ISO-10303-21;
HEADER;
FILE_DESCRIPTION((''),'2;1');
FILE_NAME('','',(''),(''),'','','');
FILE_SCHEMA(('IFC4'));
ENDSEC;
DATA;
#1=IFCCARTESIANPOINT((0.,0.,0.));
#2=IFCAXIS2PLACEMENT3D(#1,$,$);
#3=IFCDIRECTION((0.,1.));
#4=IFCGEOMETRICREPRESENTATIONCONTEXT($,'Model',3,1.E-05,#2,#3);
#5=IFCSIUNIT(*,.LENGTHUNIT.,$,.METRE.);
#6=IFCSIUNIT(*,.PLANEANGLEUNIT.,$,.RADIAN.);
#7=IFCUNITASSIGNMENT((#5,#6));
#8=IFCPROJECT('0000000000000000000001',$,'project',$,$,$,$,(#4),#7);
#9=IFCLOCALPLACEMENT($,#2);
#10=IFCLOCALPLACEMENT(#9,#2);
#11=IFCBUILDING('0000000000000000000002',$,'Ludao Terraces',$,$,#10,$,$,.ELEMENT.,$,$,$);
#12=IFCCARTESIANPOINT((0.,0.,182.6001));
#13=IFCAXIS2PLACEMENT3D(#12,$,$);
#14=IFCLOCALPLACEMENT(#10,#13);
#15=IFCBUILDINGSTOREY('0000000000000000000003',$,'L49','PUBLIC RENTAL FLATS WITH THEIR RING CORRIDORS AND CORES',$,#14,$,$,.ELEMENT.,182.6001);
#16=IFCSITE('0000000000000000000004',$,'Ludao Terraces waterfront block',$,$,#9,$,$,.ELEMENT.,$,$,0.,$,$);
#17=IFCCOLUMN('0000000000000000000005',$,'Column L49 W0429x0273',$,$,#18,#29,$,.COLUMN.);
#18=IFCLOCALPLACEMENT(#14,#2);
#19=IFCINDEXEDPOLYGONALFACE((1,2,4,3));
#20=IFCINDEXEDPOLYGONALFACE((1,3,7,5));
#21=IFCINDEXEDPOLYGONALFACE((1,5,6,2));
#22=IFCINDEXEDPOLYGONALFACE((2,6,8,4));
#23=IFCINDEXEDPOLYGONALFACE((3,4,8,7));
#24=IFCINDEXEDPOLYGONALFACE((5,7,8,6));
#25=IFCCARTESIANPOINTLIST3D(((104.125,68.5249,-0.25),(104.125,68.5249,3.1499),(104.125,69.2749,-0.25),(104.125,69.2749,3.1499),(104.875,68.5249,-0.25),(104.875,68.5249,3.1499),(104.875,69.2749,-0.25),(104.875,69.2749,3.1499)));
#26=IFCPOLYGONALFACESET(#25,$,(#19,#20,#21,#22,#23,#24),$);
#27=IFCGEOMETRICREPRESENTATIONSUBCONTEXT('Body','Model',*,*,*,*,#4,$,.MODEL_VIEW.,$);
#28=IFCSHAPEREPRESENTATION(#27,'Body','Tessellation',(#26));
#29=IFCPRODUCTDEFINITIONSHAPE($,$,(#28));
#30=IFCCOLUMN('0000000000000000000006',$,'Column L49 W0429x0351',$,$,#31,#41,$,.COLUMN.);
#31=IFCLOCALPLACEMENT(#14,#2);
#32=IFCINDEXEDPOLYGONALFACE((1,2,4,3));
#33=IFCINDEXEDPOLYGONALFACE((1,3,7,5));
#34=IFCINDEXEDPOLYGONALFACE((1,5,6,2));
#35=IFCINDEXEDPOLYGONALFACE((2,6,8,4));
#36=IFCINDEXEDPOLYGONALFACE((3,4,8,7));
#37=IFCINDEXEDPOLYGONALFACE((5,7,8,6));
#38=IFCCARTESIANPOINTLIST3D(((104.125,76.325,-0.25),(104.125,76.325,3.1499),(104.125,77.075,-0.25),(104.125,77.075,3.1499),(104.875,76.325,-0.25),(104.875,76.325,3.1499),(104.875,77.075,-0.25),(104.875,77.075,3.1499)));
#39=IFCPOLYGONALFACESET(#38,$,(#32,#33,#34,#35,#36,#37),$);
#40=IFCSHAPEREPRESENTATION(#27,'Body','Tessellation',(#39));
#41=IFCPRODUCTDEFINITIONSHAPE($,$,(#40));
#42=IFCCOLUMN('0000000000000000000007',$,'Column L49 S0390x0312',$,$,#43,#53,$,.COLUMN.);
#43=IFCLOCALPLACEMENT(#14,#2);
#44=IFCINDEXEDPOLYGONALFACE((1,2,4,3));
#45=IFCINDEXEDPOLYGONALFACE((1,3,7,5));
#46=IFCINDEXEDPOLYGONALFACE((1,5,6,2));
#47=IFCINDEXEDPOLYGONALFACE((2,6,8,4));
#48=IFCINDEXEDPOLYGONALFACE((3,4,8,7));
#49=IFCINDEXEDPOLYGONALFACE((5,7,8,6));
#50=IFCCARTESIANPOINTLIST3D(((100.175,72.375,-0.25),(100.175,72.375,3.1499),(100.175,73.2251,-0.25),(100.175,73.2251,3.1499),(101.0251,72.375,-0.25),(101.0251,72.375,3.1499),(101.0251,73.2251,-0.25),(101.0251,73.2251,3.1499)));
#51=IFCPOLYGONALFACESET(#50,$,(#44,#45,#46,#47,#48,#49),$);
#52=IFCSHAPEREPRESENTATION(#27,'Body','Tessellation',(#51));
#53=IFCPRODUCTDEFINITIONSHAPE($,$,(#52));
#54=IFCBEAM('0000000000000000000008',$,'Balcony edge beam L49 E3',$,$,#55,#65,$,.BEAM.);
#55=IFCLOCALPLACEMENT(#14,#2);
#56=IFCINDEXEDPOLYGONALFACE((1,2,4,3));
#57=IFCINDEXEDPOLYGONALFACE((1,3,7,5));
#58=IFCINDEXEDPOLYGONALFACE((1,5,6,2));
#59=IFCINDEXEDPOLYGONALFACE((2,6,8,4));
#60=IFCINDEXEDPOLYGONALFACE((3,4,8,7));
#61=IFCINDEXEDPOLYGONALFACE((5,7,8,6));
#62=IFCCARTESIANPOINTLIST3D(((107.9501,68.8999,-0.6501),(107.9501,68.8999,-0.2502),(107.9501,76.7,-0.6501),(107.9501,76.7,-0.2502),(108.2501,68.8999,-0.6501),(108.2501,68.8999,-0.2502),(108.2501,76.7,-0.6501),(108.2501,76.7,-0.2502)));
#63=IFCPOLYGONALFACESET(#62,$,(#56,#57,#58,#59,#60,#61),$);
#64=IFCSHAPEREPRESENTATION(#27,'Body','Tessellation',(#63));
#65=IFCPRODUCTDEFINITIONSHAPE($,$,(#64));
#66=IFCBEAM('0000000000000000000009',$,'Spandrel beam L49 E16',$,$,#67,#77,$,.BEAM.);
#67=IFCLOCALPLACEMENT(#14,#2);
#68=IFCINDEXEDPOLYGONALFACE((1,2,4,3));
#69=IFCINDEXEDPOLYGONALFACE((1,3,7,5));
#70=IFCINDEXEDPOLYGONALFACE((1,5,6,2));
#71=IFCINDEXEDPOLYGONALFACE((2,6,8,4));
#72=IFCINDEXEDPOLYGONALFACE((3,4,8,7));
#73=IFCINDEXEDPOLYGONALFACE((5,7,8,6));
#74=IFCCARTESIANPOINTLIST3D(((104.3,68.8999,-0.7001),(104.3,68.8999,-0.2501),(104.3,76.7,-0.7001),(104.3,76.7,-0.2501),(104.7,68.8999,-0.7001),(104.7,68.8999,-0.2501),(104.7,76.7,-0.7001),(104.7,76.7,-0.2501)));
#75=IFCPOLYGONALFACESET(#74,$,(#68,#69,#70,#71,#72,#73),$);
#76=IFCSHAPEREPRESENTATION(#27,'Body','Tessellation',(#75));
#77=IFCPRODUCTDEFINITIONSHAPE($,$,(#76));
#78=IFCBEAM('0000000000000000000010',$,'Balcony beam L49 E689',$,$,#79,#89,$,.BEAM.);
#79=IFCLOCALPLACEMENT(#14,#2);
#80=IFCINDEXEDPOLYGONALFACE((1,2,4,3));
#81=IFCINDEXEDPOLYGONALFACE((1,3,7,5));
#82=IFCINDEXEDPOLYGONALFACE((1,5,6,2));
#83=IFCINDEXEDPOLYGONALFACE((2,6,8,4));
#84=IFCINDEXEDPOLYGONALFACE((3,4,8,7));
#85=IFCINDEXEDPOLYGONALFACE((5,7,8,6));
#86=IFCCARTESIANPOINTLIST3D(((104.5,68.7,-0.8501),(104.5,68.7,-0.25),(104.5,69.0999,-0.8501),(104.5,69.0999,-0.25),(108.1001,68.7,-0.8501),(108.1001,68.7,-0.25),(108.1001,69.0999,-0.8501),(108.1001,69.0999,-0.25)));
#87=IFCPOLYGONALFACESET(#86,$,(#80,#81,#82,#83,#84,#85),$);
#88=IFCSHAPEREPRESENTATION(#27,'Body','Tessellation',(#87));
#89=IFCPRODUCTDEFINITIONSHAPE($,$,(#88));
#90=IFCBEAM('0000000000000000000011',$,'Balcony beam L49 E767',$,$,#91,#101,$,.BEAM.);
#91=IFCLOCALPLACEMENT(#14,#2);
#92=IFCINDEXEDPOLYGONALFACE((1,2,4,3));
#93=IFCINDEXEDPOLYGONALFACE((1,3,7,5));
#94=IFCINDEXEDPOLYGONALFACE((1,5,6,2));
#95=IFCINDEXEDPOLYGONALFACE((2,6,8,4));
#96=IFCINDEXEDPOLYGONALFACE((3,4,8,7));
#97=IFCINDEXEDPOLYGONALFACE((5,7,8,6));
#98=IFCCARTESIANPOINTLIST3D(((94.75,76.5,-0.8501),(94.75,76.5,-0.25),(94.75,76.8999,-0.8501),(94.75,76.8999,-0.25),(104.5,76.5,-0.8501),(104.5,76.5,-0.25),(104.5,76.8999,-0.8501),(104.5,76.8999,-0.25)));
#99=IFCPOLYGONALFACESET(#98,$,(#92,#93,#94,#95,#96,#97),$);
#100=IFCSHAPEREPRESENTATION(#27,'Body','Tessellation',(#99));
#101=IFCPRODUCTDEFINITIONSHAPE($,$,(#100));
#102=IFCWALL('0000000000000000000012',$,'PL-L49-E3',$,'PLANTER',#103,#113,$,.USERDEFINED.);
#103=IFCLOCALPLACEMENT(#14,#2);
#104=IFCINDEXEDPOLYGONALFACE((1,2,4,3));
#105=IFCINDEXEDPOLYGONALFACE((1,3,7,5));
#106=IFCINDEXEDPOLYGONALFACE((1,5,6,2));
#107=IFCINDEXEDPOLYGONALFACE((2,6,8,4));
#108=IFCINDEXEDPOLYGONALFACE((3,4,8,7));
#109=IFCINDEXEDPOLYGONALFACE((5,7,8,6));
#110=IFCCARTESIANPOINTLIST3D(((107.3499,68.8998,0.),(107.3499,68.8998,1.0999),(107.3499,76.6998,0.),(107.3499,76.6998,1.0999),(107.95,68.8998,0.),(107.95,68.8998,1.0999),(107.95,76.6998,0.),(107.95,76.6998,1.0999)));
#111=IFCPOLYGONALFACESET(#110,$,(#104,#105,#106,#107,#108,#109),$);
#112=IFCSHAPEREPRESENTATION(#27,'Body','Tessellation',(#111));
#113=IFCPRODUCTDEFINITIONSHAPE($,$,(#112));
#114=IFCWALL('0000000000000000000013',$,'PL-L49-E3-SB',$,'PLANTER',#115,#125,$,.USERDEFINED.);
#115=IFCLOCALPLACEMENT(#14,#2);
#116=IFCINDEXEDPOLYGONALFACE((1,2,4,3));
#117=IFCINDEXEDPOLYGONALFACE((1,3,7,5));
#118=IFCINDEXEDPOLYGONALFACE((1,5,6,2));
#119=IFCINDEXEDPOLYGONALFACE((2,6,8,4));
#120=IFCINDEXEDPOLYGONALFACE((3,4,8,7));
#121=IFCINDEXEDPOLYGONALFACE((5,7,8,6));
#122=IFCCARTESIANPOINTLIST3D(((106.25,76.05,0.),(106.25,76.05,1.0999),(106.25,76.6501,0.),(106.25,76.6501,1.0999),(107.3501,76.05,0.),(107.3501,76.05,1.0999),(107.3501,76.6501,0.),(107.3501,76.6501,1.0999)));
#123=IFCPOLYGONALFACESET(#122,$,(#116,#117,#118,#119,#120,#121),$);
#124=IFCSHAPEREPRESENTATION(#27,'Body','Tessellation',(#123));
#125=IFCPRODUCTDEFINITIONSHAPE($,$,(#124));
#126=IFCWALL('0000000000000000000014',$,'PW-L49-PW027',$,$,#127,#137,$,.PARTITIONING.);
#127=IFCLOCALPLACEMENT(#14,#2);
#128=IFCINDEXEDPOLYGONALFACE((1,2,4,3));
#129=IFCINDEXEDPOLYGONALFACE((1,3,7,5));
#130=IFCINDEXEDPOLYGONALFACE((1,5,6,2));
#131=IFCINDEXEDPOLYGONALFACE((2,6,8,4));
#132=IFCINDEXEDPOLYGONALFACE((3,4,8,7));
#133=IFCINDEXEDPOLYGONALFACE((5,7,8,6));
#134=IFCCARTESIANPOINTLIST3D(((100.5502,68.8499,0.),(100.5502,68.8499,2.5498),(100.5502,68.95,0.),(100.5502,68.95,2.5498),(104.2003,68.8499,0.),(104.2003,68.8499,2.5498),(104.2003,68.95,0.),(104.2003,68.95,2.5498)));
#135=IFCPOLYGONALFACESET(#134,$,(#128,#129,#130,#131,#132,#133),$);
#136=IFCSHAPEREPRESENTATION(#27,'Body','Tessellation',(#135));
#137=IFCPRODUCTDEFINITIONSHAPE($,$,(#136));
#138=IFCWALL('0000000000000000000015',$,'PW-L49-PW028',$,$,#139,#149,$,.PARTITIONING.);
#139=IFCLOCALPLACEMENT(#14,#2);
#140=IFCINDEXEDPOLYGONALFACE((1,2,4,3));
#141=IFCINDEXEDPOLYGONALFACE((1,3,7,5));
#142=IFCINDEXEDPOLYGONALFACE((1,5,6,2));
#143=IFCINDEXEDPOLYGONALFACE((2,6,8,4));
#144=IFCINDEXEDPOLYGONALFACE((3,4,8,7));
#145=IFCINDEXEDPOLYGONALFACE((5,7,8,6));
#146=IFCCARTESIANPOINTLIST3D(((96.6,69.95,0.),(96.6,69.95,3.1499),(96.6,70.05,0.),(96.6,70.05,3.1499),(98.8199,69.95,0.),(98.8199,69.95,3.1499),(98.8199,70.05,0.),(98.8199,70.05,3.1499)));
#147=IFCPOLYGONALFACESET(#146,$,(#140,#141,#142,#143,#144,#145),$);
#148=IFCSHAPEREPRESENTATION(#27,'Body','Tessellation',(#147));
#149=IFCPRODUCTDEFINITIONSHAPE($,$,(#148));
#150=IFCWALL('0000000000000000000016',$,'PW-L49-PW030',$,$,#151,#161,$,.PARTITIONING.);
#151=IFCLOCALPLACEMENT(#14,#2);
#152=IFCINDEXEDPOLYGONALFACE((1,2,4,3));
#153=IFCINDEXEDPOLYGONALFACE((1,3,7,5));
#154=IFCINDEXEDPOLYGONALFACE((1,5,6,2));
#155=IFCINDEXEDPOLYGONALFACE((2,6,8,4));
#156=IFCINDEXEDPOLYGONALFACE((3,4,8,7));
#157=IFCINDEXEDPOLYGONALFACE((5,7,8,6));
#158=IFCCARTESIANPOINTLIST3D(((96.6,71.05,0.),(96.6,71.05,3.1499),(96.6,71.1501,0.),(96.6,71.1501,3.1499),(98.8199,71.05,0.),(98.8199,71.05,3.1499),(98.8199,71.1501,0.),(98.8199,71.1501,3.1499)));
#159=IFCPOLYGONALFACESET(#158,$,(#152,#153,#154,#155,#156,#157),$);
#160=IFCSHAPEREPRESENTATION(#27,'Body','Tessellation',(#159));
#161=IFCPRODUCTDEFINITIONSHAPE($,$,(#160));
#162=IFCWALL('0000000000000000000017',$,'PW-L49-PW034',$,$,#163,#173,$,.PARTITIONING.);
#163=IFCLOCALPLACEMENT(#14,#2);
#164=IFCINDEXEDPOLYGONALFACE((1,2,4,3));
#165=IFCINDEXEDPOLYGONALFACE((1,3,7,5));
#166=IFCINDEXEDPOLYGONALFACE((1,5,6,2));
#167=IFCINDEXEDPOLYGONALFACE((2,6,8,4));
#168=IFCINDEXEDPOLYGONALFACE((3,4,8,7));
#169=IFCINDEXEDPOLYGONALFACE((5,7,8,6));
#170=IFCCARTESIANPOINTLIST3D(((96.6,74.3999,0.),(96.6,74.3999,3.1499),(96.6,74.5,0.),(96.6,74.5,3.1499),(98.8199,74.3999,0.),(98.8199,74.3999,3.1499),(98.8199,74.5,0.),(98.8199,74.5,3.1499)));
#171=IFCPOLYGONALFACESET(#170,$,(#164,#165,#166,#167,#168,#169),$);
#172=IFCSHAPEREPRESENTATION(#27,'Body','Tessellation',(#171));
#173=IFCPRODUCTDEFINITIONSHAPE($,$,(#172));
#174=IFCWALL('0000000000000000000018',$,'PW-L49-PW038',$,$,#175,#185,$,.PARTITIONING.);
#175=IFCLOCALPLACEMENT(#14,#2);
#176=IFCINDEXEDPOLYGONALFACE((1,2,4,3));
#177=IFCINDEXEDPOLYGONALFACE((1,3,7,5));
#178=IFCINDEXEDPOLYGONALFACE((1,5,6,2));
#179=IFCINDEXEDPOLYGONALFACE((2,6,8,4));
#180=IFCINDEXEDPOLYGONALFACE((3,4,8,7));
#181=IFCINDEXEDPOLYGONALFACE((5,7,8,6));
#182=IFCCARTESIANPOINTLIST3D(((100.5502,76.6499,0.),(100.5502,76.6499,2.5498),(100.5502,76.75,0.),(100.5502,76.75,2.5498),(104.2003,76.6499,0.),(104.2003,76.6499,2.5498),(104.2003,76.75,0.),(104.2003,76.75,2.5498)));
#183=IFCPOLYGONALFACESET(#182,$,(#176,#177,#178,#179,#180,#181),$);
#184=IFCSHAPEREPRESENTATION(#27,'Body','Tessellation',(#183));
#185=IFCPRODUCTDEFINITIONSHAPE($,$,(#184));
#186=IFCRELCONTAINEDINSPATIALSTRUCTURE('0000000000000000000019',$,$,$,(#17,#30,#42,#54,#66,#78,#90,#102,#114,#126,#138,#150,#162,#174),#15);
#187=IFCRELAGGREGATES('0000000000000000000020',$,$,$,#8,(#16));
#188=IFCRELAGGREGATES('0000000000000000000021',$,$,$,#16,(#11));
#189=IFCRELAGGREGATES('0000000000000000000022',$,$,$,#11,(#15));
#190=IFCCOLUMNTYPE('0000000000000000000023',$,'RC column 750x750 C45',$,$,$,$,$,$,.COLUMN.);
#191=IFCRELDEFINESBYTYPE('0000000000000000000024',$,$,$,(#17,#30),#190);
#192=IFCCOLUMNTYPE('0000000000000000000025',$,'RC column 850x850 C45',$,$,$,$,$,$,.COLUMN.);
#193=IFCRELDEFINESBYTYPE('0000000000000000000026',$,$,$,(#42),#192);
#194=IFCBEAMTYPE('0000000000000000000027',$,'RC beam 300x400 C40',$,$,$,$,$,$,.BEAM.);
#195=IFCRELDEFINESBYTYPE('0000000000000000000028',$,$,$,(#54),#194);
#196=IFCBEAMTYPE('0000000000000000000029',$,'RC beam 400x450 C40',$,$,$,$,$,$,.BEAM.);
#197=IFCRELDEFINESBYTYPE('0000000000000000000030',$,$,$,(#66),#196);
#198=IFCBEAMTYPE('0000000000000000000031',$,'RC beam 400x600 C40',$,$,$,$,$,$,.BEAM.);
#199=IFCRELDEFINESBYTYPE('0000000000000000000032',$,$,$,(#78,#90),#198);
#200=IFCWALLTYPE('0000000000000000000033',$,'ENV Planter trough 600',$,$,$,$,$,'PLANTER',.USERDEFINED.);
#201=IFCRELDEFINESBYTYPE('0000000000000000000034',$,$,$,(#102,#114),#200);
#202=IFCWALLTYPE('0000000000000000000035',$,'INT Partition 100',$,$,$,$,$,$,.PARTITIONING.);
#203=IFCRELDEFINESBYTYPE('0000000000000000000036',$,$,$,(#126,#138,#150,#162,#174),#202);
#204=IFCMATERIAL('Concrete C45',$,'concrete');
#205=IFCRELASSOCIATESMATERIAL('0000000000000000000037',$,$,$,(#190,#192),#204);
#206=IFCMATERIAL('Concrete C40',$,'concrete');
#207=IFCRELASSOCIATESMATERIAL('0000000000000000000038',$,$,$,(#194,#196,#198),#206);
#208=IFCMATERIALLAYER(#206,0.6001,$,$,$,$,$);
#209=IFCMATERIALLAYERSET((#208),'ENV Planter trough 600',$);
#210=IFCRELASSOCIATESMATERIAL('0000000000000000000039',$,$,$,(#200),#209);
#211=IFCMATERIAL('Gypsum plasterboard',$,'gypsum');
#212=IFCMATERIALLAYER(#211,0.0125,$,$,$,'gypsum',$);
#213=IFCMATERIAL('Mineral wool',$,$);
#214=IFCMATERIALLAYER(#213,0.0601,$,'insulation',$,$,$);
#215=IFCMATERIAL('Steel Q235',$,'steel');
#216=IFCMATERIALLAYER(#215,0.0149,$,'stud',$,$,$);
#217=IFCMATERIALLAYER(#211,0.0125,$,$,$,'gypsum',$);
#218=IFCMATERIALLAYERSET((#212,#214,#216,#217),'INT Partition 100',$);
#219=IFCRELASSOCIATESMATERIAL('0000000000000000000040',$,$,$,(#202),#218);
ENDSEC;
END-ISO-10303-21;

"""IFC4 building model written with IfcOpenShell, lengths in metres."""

from ifc_helpers import new_model, si_unit, direction, frame, frame_2d, origin, origin_2d, place, context, subcontext, project, spatial, rectangle, extrude, material, layer, layer_set, material_profile, profile_set, type_object, element, save


model = new_model("IFC4")

# Units and contexts
model_context = context("Model", 3, precision=1e-05, world=origin(), true_north=direction((0.0, 1.0)))
body_context = subcontext(model_context, "Body", "Model", "MODEL_VIEW")
ifc_project = project(units=[si_unit("LENGTHUNIT", "METRE"), si_unit("PLANEANGLEUNIT", "RADIAN")], contexts=[model_context])

# Site, building, storey
site_placement = place(None, origin())
site = spatial("IfcSite", under=ifc_project, at=site_placement, Name="Ludao Terraces waterfront block", CompositionType="ELEMENT", RefElevation=0.0)
building_placement = place(site_placement, origin())
building = spatial("IfcBuilding", under=site, at=building_placement, Name="Ludao Terraces", CompositionType="ELEMENT")
storey_placement = place(building_placement, frame((0.0, 0.0, 182.6001)))
storey = spatial("IfcBuildingStorey", under=building, at=storey_placement, Name="L49", Description="PUBLIC RENTAL FLATS WITH THEIR RING CORRIDORS AND CORES", CompositionType="ELEMENT", Elevation=182.6001)

# Columns
ifc_material_1 = material(Name="Concrete C45", Category="concrete")
ifc_material_profile_1 = material_profile(ifc_material_1, rectangle(XDim=0.75, YDim=0.75, at=origin_2d()), Name="750 X 750")
ifc_profile_set_1 = profile_set([ifc_material_profile_1], Name="Concrete C45")
column_type_1 = type_object("IfcColumnType", Name="RC column 750x750 C45", PredefinedType="COLUMN", material=ifc_profile_set_1)
for number, where, z_axis, x_axis, name in (
    (1, (104.5, 68.8999, -0.25), (0.0, 0.0, 1.0), (1.0, 0.0, 0.0), "Column L49 W0429x0273"),
    (2, (104.5, 76.7, -0.25), (0.0, 0.0, 1.0), (1.0, 0.0, 0.0), "Column L49 W0429x0351"),
):
    element("IfcColumn", number, at=place(storey_placement, frame(where, z_axis=z_axis, x_axis=x_axis)), inside=storey, type_object=column_type_1, Name=name, PredefinedType="COLUMN", context=body_context, shape_type="SweptSolid", body=[
        extrude(rectangle(XDim=0.75, YDim=0.75, at=origin_2d()), origin(), (0.0, 0.0, 1.0), 3.3999),
    ])
ifc_material_profile_2 = material_profile(ifc_material_1, rectangle(XDim=0.8501, YDim=0.8501, at=origin_2d()), Name="850 X 850")
ifc_profile_set_2 = profile_set([ifc_material_profile_2], Name="Concrete C45")
column_type_2 = type_object("IfcColumnType", Name="RC column 850x850 C45", PredefinedType="COLUMN", material=ifc_profile_set_2)
column_placement = place(storey_placement, frame((100.6001, 72.8, -0.25), z_axis=(0.0, 0.0, 1.0), x_axis=(1.0, 0.0, 0.0)))
element("IfcColumn", 3, at=column_placement, inside=storey, type_object=column_type_2, Name="Column L49 S0390x0312", PredefinedType="COLUMN", context=body_context, shape_type="SweptSolid", body=[
    extrude(rectangle(XDim=0.8501, YDim=0.8501, at=origin_2d()), origin(), (0.0, 0.0, 1.0), 3.3999),
])

# Beams
ifc_material_2 = material(Name="Concrete C40", Category="concrete")
ifc_material_profile_3 = material_profile(ifc_material_2, rectangle(XDim=0.3, YDim=0.3999, at=origin_2d()), Name="300 X 400")
ifc_profile_set_3 = profile_set([ifc_material_profile_3], Name="Concrete C40")
beam_type_1 = type_object("IfcBeamType", Name="RC beam 300x400 C40", PredefinedType="BEAM", material=ifc_profile_set_3)
beam_1_placement = place(storey_placement, frame((108.1001, 68.8999, -0.4502), z_axis=(0.0, 1.0, 0.0), x_axis=(-1.0, 0.0, 0.0)))
element("IfcBeam", 4, at=beam_1_placement, inside=storey, type_object=beam_type_1, Name="Balcony edge beam L49 E3", PredefinedType="BEAM", context=body_context, shape_type="SweptSolid", body=[
    extrude(rectangle(XDim=0.3, YDim=0.3999, at=origin_2d()), origin(), (0.0, 0.0, 1.0), 7.8),
])
ifc_material_profile_4 = material_profile(ifc_material_2, rectangle(XDim=0.3999, YDim=0.45, at=origin_2d()), Name="400 X 450")
ifc_profile_set_4 = profile_set([ifc_material_profile_4], Name="Concrete C40")
beam_type_2 = type_object("IfcBeamType", Name="RC beam 400x450 C40", PredefinedType="BEAM", material=ifc_profile_set_4)
beam_2_placement = place(storey_placement, frame((104.5, 68.8999, -0.4751), z_axis=(0.0, 1.0, 0.0), x_axis=(-1.0, 0.0, 0.0)))
element("IfcBeam", 5, at=beam_2_placement, inside=storey, type_object=beam_type_2, Name="Spandrel beam L49 E16", PredefinedType="BEAM", context=body_context, shape_type="SweptSolid", body=[
    extrude(rectangle(XDim=0.3999, YDim=0.45, at=origin_2d()), origin(), (0.0, 0.0, 1.0), 7.8),
])
ifc_material_profile_5 = material_profile(ifc_material_2, rectangle(XDim=0.3999, YDim=0.6001, at=origin_2d()), Name="400 X 600")
ifc_profile_set_5 = profile_set([ifc_material_profile_5], Name="Concrete C40")
beam_type_3 = type_object("IfcBeamType", Name="RC beam 400x600 C40", PredefinedType="BEAM", material=ifc_profile_set_5)
beam_3_placement = place(storey_placement, frame((104.5, 68.8999, -0.55), z_axis=(1.0, 0.0, 0.0), x_axis=(0.0, 1.0, 0.0)))
element("IfcBeam", 6, at=beam_3_placement, inside=storey, type_object=beam_type_3, Name="Balcony beam L49 E689", PredefinedType="BEAM", context=body_context, shape_type="SweptSolid", body=[
    extrude(rectangle(XDim=0.3999, YDim=0.6001, at=origin_2d()), origin(), (0.0, 0.0, 1.0), 3.6001),
])
beam_4_placement = place(storey_placement, frame((94.75, 76.7, -0.55), z_axis=(1.0, 0.0, 0.0), x_axis=(0.0, 1.0, 0.0)))
element("IfcBeam", 7, at=beam_4_placement, inside=storey, type_object=beam_type_3, Name="Balcony beam L49 E767", PredefinedType="BEAM", context=body_context, shape_type="SweptSolid", body=[
    extrude(rectangle(XDim=0.3999, YDim=0.6001, at=origin_2d()), origin(), (0.0, 0.0, 1.0), 9.75),
])

# Walls
ifc_layer_1 = layer(ifc_material_2, 0.6001)
ifc_layer_set_1 = layer_set([ifc_layer_1], Name="ENV Planter trough 600")
wall_type_1 = type_object("IfcWallType", Name="ENV Planter trough 600", ElementType="PLANTER", PredefinedType="USERDEFINED", material=ifc_layer_set_1)
wall_1_placement = place(storey_placement, frame((107.6499, 68.8999, 0.0), z_axis=(0.0, 0.0, 1.0), x_axis=(0.0, 1.0, 0.0)))
element("IfcWall", 8, at=wall_1_placement, inside=storey, type_object=wall_type_1, Name="PL-L49-E3", ObjectType="PLANTER", PredefinedType="USERDEFINED", context=body_context, shape_type="SweptSolid", body=[
    extrude(rectangle(XDim=7.8, YDim=0.6001, at=frame_2d((3.8999, 0.0))), origin(), (0.0, 0.0, 1.0), 1.0999),
])
wall_2_placement = place(storey_placement, frame((107.3501, 76.3501, 0.0), z_axis=(0.0, 0.0, 1.0), x_axis=(-1.0, 0.0, 0.0)))
element("IfcWall", 9, at=wall_2_placement, inside=storey, type_object=wall_type_1, Name="PL-L49-E3-SB", ObjectType="PLANTER", PredefinedType="USERDEFINED", context=body_context, shape_type="SweptSolid", body=[
    extrude(rectangle(XDim=1.1001, YDim=0.6001, at=frame_2d((0.55, 0.0))), origin(), (0.0, 0.0, 1.0), 1.0999),
])

# Shared definitions
ifc_material_3 = material(Name="Mineral wool")

# Walls
ifc_material_4 = material(Name="Gypsum plasterboard", Category="gypsum")
ifc_layer_2 = layer(ifc_material_4, 0.0125, Category="gypsum")
ifc_layer_3 = layer(ifc_material_3, 0.0601, Name="insulation")
ifc_material_5 = material(Name="Steel Q235", Category="steel")
ifc_layer_4 = layer(ifc_material_5, 0.0149, Name="stud")
ifc_layer_5 = layer(ifc_material_4, 0.0125, Category="gypsum")
ifc_layer_set_2 = layer_set([ifc_layer_2, ifc_layer_3, ifc_layer_4, ifc_layer_5], Name="INT Partition 100")
wall_type_2 = type_object("IfcWallType", Name="INT Partition 100", PredefinedType="PARTITIONING", material=ifc_layer_set_2)
wall_3_placement = place(storey_placement, frame((100.55, 68.8999, 0.0), z_axis=(0.0, 0.0, 1.0), x_axis=(1.0, 0.0, 0.0)))
element("IfcWall", 10, at=wall_3_placement, inside=storey, type_object=wall_type_2, Name="PW-L49-PW027", PredefinedType="PARTITIONING", context=body_context, shape_type="SweptSolid", body=[
    extrude(rectangle(XDim=3.6501, YDim=0.1001, at=frame_2d((1.8252, 0.0))), origin(), (0.0, 0.0, 1.0), 2.5498),
])
for number, where, z_axis, x_axis, name in (
    (11, (96.6001, 70.0, 0.0), (0.0, 0.0, 1.0), (1.0, 0.0, 0.0), "PW-L49-PW028"),
    (12, (96.6001, 71.1001, 0.0), (0.0, 0.0, 1.0), (1.0, 0.0, 0.0), "PW-L49-PW030"),
    (13, (96.6001, 74.45, 0.0), (0.0, 0.0, 1.0), (1.0, 0.0, 0.0), "PW-L49-PW034"),
):
    element("IfcWall", number, at=place(storey_placement, frame(where, z_axis=z_axis, x_axis=x_axis)), inside=storey, type_object=wall_type_2, Name=name, PredefinedType="PARTITIONING", context=body_context, shape_type="SweptSolid", body=[
        extrude(rectangle(XDim=2.22, YDim=0.1001, at=frame_2d((1.1099, 0.0))), origin(), (0.0, 0.0, 1.0), 3.1499),
    ])
wall_4_placement = place(storey_placement, frame((100.55, 76.7, 0.0), z_axis=(0.0, 0.0, 1.0), x_axis=(1.0, 0.0, 0.0)))
element("IfcWall", 14, at=wall_4_placement, inside=storey, type_object=wall_type_2, Name="PW-L49-PW038", PredefinedType="PARTITIONING", context=body_context, shape_type="SweptSolid", body=[
    extrude(rectangle(XDim=3.6501, YDim=0.1001, at=frame_2d((1.8252, 0.0))), origin(), (0.0, 0.0, 1.0), 2.5498),
])

save(model, "model.ifc")
